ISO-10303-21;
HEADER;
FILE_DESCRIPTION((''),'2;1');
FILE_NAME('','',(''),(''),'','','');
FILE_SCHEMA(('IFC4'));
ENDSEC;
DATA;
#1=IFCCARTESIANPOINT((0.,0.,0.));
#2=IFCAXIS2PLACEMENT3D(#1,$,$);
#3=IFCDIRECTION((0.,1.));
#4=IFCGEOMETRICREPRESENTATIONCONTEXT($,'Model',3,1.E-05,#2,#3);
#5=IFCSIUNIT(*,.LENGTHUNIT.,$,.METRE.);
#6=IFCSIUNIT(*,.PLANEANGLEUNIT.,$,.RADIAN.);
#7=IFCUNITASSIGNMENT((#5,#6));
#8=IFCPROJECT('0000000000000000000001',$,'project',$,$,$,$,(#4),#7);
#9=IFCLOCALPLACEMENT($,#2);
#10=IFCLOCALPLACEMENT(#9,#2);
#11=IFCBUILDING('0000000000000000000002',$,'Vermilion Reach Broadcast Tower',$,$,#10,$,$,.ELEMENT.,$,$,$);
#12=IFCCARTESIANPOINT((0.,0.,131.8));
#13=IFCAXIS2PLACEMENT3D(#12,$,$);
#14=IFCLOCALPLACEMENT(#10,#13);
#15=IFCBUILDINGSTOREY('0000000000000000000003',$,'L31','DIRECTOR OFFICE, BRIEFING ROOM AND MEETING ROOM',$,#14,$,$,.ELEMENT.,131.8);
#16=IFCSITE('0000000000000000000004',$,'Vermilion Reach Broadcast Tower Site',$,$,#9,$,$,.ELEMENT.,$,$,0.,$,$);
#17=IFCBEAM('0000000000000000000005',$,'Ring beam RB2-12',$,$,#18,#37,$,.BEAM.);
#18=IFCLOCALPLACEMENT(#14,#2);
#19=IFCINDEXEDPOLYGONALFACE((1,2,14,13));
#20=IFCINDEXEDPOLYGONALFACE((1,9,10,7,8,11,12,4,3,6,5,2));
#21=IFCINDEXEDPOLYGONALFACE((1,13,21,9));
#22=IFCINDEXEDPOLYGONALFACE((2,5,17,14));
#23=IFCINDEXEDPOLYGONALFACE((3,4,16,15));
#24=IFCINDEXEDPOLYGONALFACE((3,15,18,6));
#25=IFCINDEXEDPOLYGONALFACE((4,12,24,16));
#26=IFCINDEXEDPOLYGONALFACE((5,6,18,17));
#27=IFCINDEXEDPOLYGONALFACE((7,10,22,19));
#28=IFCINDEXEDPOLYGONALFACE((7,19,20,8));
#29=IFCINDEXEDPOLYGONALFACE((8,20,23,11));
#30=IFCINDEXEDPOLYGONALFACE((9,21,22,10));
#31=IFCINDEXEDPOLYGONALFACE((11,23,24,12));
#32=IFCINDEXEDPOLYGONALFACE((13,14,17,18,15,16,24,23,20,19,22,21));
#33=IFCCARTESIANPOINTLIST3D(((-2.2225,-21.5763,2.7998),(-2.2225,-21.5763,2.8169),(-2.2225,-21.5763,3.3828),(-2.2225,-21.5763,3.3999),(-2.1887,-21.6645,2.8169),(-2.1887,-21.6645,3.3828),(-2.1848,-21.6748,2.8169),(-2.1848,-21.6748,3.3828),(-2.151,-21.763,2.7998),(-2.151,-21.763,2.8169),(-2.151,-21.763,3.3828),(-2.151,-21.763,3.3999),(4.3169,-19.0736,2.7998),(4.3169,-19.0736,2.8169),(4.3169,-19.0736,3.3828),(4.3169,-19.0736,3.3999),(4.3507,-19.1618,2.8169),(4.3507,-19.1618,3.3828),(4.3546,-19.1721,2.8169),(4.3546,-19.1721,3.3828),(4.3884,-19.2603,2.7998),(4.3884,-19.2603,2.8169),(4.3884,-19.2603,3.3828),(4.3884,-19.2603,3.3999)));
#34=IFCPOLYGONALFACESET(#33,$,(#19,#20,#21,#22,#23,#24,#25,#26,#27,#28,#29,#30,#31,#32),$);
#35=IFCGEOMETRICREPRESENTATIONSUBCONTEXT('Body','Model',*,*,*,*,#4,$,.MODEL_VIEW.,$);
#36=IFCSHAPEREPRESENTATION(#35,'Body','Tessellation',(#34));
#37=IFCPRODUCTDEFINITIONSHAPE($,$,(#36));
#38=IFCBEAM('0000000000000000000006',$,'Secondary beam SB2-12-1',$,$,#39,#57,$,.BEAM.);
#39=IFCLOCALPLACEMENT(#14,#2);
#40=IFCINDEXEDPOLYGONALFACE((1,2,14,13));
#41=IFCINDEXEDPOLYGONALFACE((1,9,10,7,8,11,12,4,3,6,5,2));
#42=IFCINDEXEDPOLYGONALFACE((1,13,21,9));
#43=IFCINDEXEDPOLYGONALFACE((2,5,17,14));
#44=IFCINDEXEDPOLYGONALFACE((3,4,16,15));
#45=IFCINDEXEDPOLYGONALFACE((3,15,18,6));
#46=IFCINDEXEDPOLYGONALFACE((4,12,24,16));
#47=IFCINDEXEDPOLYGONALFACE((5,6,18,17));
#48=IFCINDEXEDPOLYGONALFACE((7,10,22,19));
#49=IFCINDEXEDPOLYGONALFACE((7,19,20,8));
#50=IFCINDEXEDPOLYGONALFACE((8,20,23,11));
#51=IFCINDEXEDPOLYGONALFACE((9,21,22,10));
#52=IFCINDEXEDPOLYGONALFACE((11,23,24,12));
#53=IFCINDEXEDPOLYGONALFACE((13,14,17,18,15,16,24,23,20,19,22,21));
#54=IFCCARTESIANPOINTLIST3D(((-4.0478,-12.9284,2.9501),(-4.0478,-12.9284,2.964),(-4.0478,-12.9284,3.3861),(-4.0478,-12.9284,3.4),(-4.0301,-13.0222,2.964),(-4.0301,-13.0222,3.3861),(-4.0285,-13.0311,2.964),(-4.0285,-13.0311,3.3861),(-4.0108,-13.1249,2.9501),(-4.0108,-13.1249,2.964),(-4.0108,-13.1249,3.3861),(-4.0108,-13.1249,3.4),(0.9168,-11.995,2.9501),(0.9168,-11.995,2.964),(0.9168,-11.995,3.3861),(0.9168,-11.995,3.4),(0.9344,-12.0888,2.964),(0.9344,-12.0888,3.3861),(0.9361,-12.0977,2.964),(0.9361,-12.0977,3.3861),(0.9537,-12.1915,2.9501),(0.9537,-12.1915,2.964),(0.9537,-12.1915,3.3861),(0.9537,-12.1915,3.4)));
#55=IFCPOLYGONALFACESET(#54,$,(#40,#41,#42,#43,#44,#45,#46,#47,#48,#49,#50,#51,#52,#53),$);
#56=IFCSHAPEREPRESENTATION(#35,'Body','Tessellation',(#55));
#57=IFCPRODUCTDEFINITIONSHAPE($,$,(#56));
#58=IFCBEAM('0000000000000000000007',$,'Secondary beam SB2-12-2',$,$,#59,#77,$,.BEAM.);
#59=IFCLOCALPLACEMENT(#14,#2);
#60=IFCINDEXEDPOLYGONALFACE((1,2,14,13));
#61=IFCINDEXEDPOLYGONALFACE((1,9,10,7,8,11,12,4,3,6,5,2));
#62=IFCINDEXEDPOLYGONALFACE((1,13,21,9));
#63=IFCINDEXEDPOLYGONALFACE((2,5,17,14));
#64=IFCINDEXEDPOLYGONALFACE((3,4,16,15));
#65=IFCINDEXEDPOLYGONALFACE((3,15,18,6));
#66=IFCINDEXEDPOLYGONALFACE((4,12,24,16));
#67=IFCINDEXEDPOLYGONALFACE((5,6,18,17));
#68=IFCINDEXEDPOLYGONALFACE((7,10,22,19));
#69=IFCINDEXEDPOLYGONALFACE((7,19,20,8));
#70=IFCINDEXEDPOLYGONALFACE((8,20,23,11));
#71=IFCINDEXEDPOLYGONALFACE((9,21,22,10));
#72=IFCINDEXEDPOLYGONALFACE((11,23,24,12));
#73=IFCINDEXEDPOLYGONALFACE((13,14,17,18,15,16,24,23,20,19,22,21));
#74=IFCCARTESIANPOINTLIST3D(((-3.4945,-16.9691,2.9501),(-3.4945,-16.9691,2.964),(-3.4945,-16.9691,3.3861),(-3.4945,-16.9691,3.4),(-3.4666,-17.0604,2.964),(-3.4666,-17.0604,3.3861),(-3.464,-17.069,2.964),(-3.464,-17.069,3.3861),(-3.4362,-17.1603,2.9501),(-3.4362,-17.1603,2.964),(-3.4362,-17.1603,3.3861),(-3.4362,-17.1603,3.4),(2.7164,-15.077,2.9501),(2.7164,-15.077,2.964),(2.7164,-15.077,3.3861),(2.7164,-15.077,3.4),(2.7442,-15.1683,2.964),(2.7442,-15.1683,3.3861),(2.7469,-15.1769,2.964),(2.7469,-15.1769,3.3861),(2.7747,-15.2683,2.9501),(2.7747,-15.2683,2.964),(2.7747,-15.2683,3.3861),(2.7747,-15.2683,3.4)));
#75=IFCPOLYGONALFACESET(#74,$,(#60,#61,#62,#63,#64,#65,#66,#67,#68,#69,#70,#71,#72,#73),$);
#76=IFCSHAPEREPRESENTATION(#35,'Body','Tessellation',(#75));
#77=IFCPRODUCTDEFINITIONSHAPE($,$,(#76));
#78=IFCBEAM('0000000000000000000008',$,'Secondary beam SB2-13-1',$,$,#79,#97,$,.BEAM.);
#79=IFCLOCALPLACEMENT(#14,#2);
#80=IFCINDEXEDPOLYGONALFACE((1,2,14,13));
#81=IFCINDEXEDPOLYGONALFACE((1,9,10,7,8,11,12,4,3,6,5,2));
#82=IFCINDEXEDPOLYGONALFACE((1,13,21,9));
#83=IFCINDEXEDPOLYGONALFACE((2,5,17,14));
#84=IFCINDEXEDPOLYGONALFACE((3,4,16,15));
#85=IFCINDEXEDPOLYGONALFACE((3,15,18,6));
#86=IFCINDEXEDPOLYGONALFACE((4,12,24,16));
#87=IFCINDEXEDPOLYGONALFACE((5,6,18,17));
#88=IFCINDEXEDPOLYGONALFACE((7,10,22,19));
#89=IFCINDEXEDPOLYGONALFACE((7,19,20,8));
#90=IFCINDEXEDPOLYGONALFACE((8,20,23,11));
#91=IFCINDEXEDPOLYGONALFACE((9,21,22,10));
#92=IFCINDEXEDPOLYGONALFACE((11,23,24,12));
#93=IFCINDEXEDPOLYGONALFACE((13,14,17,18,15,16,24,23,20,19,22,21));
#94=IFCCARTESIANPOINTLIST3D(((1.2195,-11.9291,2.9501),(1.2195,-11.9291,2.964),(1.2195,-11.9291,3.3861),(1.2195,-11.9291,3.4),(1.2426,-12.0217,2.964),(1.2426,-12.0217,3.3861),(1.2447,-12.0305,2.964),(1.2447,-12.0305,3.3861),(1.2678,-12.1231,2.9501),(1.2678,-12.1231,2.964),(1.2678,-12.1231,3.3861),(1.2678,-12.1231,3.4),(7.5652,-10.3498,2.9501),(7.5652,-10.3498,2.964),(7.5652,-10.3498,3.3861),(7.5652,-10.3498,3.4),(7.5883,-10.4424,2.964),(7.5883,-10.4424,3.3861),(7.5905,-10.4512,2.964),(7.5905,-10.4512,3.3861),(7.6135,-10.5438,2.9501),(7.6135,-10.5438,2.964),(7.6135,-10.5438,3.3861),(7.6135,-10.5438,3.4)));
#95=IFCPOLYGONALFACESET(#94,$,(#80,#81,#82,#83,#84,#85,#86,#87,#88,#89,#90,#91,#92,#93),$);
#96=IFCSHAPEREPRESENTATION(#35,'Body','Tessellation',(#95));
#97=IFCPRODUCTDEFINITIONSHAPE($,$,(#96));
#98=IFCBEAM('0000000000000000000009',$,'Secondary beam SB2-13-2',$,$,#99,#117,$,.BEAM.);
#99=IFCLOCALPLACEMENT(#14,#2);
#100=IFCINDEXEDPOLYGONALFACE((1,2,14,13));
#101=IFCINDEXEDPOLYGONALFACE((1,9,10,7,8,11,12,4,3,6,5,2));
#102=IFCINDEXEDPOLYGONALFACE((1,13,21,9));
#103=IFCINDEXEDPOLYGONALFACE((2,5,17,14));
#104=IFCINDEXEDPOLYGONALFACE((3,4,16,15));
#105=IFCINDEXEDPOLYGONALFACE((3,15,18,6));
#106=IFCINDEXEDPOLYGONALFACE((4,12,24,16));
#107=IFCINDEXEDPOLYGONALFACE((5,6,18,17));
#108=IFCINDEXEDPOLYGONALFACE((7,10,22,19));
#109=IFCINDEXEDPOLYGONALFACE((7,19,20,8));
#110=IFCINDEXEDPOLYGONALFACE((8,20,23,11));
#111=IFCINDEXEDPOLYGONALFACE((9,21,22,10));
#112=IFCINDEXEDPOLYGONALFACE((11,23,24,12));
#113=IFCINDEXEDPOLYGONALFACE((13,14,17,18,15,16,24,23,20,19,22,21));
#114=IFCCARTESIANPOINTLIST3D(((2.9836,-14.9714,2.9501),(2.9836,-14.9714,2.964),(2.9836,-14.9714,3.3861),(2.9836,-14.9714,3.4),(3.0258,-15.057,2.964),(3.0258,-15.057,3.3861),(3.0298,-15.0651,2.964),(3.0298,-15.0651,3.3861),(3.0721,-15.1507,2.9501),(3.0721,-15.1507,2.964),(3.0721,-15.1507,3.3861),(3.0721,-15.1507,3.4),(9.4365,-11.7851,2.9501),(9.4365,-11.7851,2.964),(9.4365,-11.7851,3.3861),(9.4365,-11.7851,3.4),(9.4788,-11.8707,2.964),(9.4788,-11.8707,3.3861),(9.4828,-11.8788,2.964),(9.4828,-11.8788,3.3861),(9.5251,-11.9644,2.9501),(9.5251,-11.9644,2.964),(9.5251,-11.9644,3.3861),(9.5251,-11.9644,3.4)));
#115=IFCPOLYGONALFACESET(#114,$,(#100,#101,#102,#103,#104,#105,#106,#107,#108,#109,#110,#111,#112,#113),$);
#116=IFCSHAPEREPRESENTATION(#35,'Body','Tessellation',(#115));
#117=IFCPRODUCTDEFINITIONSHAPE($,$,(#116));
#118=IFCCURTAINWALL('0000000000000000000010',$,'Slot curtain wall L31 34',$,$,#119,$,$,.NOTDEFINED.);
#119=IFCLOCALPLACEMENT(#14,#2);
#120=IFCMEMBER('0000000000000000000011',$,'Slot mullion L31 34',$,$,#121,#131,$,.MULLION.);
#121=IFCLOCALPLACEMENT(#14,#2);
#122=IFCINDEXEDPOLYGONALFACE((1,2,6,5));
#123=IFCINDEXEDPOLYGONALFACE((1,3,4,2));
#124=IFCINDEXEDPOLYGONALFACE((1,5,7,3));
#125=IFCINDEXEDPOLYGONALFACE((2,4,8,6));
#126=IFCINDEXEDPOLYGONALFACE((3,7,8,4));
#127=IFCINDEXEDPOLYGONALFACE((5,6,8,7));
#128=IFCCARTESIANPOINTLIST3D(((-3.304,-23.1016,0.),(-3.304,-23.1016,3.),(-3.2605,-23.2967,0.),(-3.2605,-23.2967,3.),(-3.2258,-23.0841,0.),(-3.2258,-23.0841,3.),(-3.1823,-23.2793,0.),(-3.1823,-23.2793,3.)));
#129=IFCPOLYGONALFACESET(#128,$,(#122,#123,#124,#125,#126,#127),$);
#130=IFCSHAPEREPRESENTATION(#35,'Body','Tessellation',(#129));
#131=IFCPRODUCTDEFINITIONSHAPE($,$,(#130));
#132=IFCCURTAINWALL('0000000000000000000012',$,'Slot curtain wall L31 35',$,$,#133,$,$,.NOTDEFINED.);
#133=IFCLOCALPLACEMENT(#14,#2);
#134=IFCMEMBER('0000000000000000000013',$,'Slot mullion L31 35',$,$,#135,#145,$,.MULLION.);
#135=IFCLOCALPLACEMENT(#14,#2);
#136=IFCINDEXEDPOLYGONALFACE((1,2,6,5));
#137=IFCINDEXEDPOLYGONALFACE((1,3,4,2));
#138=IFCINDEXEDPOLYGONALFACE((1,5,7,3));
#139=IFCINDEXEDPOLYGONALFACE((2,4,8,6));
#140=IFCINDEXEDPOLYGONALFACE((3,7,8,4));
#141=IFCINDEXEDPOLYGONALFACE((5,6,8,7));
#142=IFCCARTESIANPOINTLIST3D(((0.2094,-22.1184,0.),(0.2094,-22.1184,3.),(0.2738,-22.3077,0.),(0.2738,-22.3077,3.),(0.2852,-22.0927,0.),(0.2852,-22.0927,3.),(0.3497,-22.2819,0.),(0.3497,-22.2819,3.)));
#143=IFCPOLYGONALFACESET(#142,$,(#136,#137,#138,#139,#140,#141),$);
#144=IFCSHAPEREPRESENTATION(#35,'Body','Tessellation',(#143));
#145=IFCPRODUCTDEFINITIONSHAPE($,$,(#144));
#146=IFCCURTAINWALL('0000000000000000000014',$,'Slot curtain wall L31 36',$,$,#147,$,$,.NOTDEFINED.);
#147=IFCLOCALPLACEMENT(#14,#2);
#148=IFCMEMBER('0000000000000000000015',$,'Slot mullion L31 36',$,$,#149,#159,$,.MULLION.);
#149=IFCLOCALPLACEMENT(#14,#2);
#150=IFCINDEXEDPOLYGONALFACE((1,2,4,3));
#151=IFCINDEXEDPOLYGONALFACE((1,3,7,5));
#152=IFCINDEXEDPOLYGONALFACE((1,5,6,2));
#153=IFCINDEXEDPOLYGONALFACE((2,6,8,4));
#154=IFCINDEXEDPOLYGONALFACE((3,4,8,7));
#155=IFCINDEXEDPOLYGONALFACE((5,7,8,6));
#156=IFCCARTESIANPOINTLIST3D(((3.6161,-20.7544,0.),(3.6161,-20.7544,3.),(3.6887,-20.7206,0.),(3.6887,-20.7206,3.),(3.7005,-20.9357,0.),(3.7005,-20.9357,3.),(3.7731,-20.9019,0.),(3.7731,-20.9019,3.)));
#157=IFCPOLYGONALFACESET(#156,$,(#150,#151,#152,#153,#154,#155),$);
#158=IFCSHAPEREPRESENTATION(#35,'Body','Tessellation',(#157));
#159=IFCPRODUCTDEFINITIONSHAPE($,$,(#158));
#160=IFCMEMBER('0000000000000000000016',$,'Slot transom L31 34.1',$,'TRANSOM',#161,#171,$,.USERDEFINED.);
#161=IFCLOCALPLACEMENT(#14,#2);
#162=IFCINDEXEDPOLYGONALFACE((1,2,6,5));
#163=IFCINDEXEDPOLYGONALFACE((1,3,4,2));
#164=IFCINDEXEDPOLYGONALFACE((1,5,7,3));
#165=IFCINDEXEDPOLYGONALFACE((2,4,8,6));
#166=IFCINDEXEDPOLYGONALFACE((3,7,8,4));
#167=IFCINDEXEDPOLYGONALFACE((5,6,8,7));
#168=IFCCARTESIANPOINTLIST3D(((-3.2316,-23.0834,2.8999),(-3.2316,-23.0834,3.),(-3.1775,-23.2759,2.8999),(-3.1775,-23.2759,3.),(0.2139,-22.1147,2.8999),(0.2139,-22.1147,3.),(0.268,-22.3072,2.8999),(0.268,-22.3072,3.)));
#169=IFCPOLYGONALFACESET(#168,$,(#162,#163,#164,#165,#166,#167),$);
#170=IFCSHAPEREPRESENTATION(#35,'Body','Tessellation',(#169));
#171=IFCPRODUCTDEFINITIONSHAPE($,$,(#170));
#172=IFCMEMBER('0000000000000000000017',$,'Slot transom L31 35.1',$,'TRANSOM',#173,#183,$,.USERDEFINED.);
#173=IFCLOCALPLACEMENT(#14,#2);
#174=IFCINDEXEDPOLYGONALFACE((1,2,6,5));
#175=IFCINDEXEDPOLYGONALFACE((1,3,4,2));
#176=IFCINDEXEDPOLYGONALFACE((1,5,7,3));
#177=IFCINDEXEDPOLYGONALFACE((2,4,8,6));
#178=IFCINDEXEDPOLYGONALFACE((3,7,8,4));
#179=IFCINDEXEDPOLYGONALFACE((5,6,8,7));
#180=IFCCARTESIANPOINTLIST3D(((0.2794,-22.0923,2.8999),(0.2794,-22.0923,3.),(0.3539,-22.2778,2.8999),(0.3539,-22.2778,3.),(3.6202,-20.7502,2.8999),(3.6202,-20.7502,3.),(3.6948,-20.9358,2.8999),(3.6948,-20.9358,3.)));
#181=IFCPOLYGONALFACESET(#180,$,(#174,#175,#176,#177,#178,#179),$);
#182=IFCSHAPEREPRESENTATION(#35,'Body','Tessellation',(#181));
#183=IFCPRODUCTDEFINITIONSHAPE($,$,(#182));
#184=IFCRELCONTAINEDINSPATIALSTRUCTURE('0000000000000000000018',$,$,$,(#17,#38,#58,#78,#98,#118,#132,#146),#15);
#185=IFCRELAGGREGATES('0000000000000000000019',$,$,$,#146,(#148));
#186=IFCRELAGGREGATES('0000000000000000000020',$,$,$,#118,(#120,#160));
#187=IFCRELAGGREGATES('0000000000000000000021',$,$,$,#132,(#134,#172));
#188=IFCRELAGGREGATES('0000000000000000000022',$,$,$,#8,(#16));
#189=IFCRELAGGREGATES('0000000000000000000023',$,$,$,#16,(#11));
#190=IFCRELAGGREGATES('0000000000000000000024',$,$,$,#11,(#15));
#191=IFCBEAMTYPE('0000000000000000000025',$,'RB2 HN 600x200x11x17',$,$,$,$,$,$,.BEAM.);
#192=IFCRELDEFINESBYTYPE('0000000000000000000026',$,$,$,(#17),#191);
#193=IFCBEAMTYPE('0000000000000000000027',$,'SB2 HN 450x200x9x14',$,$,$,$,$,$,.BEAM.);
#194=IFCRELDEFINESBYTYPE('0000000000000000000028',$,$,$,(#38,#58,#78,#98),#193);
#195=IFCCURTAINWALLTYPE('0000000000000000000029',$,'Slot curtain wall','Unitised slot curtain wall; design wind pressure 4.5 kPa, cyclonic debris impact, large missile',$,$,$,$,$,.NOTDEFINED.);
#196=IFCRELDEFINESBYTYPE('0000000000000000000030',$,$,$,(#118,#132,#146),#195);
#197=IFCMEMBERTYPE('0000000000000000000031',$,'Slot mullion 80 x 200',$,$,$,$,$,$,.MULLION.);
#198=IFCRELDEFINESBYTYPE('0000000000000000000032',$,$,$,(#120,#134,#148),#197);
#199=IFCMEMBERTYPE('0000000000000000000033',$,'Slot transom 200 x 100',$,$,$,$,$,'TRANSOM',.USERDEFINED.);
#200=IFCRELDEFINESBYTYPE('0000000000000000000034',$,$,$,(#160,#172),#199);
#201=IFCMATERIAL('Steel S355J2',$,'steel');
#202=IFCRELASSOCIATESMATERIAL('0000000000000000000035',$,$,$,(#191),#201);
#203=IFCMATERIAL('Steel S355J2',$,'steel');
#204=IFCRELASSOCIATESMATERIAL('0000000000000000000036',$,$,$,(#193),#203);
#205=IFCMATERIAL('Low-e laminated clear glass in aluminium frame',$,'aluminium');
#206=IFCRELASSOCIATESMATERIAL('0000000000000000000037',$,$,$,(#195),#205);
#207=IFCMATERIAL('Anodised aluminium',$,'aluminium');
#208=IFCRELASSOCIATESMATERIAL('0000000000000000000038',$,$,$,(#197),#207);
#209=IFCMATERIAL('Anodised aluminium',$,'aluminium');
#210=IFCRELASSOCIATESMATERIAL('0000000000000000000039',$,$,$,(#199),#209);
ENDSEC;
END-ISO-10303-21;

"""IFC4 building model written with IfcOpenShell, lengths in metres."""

from ifc_helpers import new_model, si_unit, direction, frame, origin, origin_2d, place, context, subcontext, project, spatial, rectangle, i_section, extrude, material, material_profile, profile_set, type_object, element, aggregate, save


model = new_model("IFC4")

# Units and contexts
model_context = context("Model", 3, precision=1e-05, world=origin(), true_north=direction((0.0, 1.0)))
body_context = subcontext(model_context, "Body", "Model", "MODEL_VIEW")
ifc_project = project(units=[si_unit("LENGTHUNIT", "METRE"), si_unit("PLANEANGLEUNIT", "RADIAN")], contexts=[model_context])

# Site, building, storey
site_placement = place(None, origin())
site = spatial("IfcSite", under=ifc_project, at=site_placement, Name="Vermilion Reach Broadcast Tower Site", CompositionType="ELEMENT", RefElevation=0.0)
building_placement = place(site_placement, origin())
building = spatial("IfcBuilding", under=site, at=building_placement, Name="Vermilion Reach Broadcast Tower", CompositionType="ELEMENT")
storey_placement = place(building_placement, frame((0.0, 0.0, 131.8)))
storey = spatial("IfcBuildingStorey", under=building, at=storey_placement, Name="L31", Description="DIRECTOR OFFICE, BRIEFING ROOM AND MEETING ROOM", CompositionType="ELEMENT", Elevation=131.8)

# Beams
ifc_material_1 = material(Name="Steel S355J2", Category="steel")
ifc_material_profile_1 = material_profile(ifc_material_1, i_section(OverallWidth=0.2, OverallDepth=0.6001, WebThickness=0.011, FlangeThickness=0.0171, at=origin_2d()), Name="S355J2 HN 600x200x11x17")
ifc_profile_set_1 = profile_set([ifc_material_profile_1], Name="Steel S355J2")
beam_type_1 = type_object("IfcBeamType", Name="RB2 HN 600x200x11x17", PredefinedType="BEAM", material=ifc_profile_set_1)
beam_1_placement = place(storey_placement, frame((-2.1868, -21.6697, 3.0999), z_axis=(0.933939, 0.357432, 0.0), x_axis=(-0.357432, 0.933939, 0.0)))
element("IfcBeam", 1, at=beam_1_placement, inside=storey, type_object=beam_type_1, Name="Ring beam RB2-12", PredefinedType="BEAM", context=body_context, shape_type="SweptSolid", body=[
    extrude(i_section(OverallWidth=0.2, OverallDepth=0.6001, WebThickness=0.011, FlangeThickness=0.0171, at=origin_2d()), origin(), (0.0, 0.0, 1.0), 7.002),
])
ifc_material_2 = material(Name="Steel S355J2", Category="steel")
ifc_material_profile_2 = material_profile(ifc_material_2, i_section(OverallWidth=0.2, OverallDepth=0.45, WebThickness=0.009, FlangeThickness=0.0139, at=origin_2d()), Name="S355J2 HN 450x200x9x14")
ifc_profile_set_2 = profile_set([ifc_material_profile_2], Name="Steel S355J2")
beam_type_2 = type_object("IfcBeamType", Name="SB2 HN 450x200x9x14", PredefinedType="BEAM", material=ifc_profile_set_2)
beam_2_placement = place(storey_placement, frame((-4.0293, -13.0266, 3.175), z_axis=(0.982783, 0.184764, 0.0), x_axis=(-0.184764, 0.982783, 0.0)))
element("IfcBeam", 2, at=beam_2_placement, inside=storey, type_object=beam_type_2, Name="Secondary beam SB2-12-1", PredefinedType="BEAM", context=body_context, shape_type="SweptSolid", body=[
    extrude(i_section(OverallWidth=0.2, OverallDepth=0.45, WebThickness=0.009, FlangeThickness=0.0139, at=origin_2d()), origin(), (0.0, 0.0, 1.0), 5.0515),
])
beam_3_placement = place(storey_placement, frame((-3.4653, -17.0647, 3.175), z_axis=(0.956596, 0.291416, 0.0), x_axis=(-0.291416, 0.956596, 0.0)))
element("IfcBeam", 3, at=beam_3_placement, inside=storey, type_object=beam_type_2, Name="Secondary beam SB2-12-2", PredefinedType="BEAM", context=body_context, shape_type="SweptSolid", body=[
    extrude(i_section(OverallWidth=0.2, OverallDepth=0.45, WebThickness=0.009, FlangeThickness=0.0139, at=origin_2d()), origin(), (0.0, 0.0, 1.0), 6.4927),
])
beam_4_placement = place(storey_placement, frame((1.2437, -12.0261, 3.175), z_axis=(0.970397, 0.241516, 0.0), x_axis=(-0.241516, 0.970397, 0.0)))
element("IfcBeam", 4, at=beam_4_placement, inside=storey, type_object=beam_type_2, Name="Secondary beam SB2-13-1", PredefinedType="BEAM", context=body_context, shape_type="SweptSolid", body=[
    extrude(i_section(OverallWidth=0.2, OverallDepth=0.45, WebThickness=0.009, FlangeThickness=0.0139, at=origin_2d()), origin(), (0.0, 0.0, 1.0), 6.5393),
])
beam_5_placement = place(storey_placement, frame((3.0278, -15.061, 3.175), z_axis=(0.896648, 0.442744, 0.0), x_axis=(-0.442744, 0.896648, 0.0)))
element("IfcBeam", 5, at=beam_5_placement, inside=storey, type_object=beam_type_2, Name="Secondary beam SB2-13-2", PredefinedType="BEAM", context=body_context, shape_type="SweptSolid", body=[
    extrude(i_section(OverallWidth=0.2, OverallDepth=0.45, WebThickness=0.009, FlangeThickness=0.0139, at=origin_2d()), origin(), (0.0, 0.0, 1.0), 7.1968),
])

# Curtain walls, members
ifc_material_3 = material(Name="Low-e laminated clear glass in aluminium frame", Category="aluminium")
curtain_wall_type = type_object("IfcCurtainWallType", Name="Slot curtain wall", Description="Unitised slot curtain wall; design wind pressure 4.5 kPa, cyclonic debris impact, large missile", PredefinedType="NOTDEFINED", material=ifc_material_3)
placement = place(storey_placement, origin())
curtain_wall_1 = element("IfcCurtainWall", 6, at=placement, inside=storey, type_object=curtain_wall_type, Name="Slot curtain wall L31 34", PredefinedType="NOTDEFINED")
ifc_material_4 = material(Name="Anodised aluminium", Category="aluminium")
ifc_material_profile_3 = material_profile(ifc_material_4, rectangle(XDim=0.2, YDim=0.0801, at=origin_2d()), Name="Slot mullion 80 x 200")
ifc_profile_set_3 = profile_set([ifc_material_profile_3], Name="Anodised aluminium")
member_type_1 = type_object("IfcMemberType", Name="Slot mullion 80 x 200", PredefinedType="MULLION", material=ifc_profile_set_3)
member_1_placement = place(storey_placement, frame((-3.2432, -23.1904, 0.0), z_axis=(0.0, 0.0, 1.0), x_axis=(-0.217445, 0.976073, 0.0)))
member_1 = element("IfcMember", 7, at=member_1_placement, type_object=member_type_1, Name="Slot mullion L31 34", PredefinedType="MULLION", context=body_context, shape_type="SweptSolid", body=[
    extrude(rectangle(XDim=0.2, YDim=0.0801, at=origin_2d()), origin(), (0.0, 0.0, 1.0), 3.0),
])
curtain_wall_2 = element("IfcCurtainWall", 8, at=placement, inside=storey, type_object=curtain_wall_type, Name="Slot curtain wall L31 35", PredefinedType="NOTDEFINED")
member_2_placement = place(storey_placement, frame((0.2795, -22.2002, 0.0), z_axis=(0.0, 0.0, 1.0), x_axis=(-0.322168, 0.946683, 0.0)))
member_2 = element("IfcMember", 9, at=member_2_placement, type_object=member_type_1, Name="Slot mullion L31 35", PredefinedType="MULLION", context=body_context, shape_type="SweptSolid", body=[
    extrude(rectangle(XDim=0.2, YDim=0.0801, at=origin_2d()), origin(), (0.0, 0.0, 1.0), 3.0),
])
curtain_wall_3 = element("IfcCurtainWall", 10, at=placement, inside=storey, type_object=curtain_wall_type, Name="Slot curtain wall L31 36", PredefinedType="NOTDEFINED")
member_3_placement = place(storey_placement, frame((3.6946, -20.8281, 0.0), z_axis=(0.0, 0.0, 1.0), x_axis=(-0.421985, 0.906603, 0.0)))
member_3 = element("IfcMember", 11, at=member_3_placement, type_object=member_type_1, Name="Slot mullion L31 36", PredefinedType="MULLION", context=body_context, shape_type="SweptSolid", body=[
    extrude(rectangle(XDim=0.2, YDim=0.0801, at=origin_2d()), origin(), (0.0, 0.0, 1.0), 3.0),
])

# Members
ifc_material_5 = material(Name="Anodised aluminium", Category="aluminium")
ifc_material_profile_4 = material_profile(ifc_material_5, rectangle(XDim=0.2, YDim=0.1001, at=origin_2d()), Name="Slot transom 200 x 100")
ifc_profile_set_4 = profile_set([ifc_material_profile_4], Name="Anodised aluminium")
member_type_2 = type_object("IfcMemberType", Name="Slot transom 200 x 100", ElementType="TRANSOM", PredefinedType="USERDEFINED", material=ifc_profile_set_4)
member_4_placement = place(storey_placement, frame((-3.2046, -23.1797, 2.95), z_axis=(0.962674, 0.270665, 0.0), x_axis=(-0.270665, 0.962674, 0.0)))
member_4 = element("IfcMember", 12, at=member_4_placement, type_object=member_type_2, Name="Slot transom L31 34.1", ObjectType="TRANSOM", PredefinedType="USERDEFINED", context=body_context, shape_type="SweptSolid", body=[
    extrude(rectangle(XDim=0.2, YDim=0.1001, at=origin_2d()), origin(), (0.0, 0.0, 1.0), 3.5791),
])
member_5_placement = place(storey_placement, frame((0.3167, -22.1851, 2.95), z_axis=(0.927929, 0.372758, 0.0), x_axis=(-0.372758, 0.927929, 0.0)))
member_5 = element("IfcMember", 13, at=member_5_placement, type_object=member_type_2, Name="Slot transom L31 35.1", ObjectType="TRANSOM", PredefinedType="USERDEFINED", context=body_context, shape_type="SweptSolid", body=[
    extrude(rectangle(XDim=0.2, YDim=0.1001, at=origin_2d()), origin(), (0.0, 0.0, 1.0), 3.6003),
])
aggregate(curtain_wall_3, [member_3])

aggregate(curtain_wall_1, [member_1, member_4])
aggregate(curtain_wall_2, [member_2, member_5])

save(model, "model.ifc")
